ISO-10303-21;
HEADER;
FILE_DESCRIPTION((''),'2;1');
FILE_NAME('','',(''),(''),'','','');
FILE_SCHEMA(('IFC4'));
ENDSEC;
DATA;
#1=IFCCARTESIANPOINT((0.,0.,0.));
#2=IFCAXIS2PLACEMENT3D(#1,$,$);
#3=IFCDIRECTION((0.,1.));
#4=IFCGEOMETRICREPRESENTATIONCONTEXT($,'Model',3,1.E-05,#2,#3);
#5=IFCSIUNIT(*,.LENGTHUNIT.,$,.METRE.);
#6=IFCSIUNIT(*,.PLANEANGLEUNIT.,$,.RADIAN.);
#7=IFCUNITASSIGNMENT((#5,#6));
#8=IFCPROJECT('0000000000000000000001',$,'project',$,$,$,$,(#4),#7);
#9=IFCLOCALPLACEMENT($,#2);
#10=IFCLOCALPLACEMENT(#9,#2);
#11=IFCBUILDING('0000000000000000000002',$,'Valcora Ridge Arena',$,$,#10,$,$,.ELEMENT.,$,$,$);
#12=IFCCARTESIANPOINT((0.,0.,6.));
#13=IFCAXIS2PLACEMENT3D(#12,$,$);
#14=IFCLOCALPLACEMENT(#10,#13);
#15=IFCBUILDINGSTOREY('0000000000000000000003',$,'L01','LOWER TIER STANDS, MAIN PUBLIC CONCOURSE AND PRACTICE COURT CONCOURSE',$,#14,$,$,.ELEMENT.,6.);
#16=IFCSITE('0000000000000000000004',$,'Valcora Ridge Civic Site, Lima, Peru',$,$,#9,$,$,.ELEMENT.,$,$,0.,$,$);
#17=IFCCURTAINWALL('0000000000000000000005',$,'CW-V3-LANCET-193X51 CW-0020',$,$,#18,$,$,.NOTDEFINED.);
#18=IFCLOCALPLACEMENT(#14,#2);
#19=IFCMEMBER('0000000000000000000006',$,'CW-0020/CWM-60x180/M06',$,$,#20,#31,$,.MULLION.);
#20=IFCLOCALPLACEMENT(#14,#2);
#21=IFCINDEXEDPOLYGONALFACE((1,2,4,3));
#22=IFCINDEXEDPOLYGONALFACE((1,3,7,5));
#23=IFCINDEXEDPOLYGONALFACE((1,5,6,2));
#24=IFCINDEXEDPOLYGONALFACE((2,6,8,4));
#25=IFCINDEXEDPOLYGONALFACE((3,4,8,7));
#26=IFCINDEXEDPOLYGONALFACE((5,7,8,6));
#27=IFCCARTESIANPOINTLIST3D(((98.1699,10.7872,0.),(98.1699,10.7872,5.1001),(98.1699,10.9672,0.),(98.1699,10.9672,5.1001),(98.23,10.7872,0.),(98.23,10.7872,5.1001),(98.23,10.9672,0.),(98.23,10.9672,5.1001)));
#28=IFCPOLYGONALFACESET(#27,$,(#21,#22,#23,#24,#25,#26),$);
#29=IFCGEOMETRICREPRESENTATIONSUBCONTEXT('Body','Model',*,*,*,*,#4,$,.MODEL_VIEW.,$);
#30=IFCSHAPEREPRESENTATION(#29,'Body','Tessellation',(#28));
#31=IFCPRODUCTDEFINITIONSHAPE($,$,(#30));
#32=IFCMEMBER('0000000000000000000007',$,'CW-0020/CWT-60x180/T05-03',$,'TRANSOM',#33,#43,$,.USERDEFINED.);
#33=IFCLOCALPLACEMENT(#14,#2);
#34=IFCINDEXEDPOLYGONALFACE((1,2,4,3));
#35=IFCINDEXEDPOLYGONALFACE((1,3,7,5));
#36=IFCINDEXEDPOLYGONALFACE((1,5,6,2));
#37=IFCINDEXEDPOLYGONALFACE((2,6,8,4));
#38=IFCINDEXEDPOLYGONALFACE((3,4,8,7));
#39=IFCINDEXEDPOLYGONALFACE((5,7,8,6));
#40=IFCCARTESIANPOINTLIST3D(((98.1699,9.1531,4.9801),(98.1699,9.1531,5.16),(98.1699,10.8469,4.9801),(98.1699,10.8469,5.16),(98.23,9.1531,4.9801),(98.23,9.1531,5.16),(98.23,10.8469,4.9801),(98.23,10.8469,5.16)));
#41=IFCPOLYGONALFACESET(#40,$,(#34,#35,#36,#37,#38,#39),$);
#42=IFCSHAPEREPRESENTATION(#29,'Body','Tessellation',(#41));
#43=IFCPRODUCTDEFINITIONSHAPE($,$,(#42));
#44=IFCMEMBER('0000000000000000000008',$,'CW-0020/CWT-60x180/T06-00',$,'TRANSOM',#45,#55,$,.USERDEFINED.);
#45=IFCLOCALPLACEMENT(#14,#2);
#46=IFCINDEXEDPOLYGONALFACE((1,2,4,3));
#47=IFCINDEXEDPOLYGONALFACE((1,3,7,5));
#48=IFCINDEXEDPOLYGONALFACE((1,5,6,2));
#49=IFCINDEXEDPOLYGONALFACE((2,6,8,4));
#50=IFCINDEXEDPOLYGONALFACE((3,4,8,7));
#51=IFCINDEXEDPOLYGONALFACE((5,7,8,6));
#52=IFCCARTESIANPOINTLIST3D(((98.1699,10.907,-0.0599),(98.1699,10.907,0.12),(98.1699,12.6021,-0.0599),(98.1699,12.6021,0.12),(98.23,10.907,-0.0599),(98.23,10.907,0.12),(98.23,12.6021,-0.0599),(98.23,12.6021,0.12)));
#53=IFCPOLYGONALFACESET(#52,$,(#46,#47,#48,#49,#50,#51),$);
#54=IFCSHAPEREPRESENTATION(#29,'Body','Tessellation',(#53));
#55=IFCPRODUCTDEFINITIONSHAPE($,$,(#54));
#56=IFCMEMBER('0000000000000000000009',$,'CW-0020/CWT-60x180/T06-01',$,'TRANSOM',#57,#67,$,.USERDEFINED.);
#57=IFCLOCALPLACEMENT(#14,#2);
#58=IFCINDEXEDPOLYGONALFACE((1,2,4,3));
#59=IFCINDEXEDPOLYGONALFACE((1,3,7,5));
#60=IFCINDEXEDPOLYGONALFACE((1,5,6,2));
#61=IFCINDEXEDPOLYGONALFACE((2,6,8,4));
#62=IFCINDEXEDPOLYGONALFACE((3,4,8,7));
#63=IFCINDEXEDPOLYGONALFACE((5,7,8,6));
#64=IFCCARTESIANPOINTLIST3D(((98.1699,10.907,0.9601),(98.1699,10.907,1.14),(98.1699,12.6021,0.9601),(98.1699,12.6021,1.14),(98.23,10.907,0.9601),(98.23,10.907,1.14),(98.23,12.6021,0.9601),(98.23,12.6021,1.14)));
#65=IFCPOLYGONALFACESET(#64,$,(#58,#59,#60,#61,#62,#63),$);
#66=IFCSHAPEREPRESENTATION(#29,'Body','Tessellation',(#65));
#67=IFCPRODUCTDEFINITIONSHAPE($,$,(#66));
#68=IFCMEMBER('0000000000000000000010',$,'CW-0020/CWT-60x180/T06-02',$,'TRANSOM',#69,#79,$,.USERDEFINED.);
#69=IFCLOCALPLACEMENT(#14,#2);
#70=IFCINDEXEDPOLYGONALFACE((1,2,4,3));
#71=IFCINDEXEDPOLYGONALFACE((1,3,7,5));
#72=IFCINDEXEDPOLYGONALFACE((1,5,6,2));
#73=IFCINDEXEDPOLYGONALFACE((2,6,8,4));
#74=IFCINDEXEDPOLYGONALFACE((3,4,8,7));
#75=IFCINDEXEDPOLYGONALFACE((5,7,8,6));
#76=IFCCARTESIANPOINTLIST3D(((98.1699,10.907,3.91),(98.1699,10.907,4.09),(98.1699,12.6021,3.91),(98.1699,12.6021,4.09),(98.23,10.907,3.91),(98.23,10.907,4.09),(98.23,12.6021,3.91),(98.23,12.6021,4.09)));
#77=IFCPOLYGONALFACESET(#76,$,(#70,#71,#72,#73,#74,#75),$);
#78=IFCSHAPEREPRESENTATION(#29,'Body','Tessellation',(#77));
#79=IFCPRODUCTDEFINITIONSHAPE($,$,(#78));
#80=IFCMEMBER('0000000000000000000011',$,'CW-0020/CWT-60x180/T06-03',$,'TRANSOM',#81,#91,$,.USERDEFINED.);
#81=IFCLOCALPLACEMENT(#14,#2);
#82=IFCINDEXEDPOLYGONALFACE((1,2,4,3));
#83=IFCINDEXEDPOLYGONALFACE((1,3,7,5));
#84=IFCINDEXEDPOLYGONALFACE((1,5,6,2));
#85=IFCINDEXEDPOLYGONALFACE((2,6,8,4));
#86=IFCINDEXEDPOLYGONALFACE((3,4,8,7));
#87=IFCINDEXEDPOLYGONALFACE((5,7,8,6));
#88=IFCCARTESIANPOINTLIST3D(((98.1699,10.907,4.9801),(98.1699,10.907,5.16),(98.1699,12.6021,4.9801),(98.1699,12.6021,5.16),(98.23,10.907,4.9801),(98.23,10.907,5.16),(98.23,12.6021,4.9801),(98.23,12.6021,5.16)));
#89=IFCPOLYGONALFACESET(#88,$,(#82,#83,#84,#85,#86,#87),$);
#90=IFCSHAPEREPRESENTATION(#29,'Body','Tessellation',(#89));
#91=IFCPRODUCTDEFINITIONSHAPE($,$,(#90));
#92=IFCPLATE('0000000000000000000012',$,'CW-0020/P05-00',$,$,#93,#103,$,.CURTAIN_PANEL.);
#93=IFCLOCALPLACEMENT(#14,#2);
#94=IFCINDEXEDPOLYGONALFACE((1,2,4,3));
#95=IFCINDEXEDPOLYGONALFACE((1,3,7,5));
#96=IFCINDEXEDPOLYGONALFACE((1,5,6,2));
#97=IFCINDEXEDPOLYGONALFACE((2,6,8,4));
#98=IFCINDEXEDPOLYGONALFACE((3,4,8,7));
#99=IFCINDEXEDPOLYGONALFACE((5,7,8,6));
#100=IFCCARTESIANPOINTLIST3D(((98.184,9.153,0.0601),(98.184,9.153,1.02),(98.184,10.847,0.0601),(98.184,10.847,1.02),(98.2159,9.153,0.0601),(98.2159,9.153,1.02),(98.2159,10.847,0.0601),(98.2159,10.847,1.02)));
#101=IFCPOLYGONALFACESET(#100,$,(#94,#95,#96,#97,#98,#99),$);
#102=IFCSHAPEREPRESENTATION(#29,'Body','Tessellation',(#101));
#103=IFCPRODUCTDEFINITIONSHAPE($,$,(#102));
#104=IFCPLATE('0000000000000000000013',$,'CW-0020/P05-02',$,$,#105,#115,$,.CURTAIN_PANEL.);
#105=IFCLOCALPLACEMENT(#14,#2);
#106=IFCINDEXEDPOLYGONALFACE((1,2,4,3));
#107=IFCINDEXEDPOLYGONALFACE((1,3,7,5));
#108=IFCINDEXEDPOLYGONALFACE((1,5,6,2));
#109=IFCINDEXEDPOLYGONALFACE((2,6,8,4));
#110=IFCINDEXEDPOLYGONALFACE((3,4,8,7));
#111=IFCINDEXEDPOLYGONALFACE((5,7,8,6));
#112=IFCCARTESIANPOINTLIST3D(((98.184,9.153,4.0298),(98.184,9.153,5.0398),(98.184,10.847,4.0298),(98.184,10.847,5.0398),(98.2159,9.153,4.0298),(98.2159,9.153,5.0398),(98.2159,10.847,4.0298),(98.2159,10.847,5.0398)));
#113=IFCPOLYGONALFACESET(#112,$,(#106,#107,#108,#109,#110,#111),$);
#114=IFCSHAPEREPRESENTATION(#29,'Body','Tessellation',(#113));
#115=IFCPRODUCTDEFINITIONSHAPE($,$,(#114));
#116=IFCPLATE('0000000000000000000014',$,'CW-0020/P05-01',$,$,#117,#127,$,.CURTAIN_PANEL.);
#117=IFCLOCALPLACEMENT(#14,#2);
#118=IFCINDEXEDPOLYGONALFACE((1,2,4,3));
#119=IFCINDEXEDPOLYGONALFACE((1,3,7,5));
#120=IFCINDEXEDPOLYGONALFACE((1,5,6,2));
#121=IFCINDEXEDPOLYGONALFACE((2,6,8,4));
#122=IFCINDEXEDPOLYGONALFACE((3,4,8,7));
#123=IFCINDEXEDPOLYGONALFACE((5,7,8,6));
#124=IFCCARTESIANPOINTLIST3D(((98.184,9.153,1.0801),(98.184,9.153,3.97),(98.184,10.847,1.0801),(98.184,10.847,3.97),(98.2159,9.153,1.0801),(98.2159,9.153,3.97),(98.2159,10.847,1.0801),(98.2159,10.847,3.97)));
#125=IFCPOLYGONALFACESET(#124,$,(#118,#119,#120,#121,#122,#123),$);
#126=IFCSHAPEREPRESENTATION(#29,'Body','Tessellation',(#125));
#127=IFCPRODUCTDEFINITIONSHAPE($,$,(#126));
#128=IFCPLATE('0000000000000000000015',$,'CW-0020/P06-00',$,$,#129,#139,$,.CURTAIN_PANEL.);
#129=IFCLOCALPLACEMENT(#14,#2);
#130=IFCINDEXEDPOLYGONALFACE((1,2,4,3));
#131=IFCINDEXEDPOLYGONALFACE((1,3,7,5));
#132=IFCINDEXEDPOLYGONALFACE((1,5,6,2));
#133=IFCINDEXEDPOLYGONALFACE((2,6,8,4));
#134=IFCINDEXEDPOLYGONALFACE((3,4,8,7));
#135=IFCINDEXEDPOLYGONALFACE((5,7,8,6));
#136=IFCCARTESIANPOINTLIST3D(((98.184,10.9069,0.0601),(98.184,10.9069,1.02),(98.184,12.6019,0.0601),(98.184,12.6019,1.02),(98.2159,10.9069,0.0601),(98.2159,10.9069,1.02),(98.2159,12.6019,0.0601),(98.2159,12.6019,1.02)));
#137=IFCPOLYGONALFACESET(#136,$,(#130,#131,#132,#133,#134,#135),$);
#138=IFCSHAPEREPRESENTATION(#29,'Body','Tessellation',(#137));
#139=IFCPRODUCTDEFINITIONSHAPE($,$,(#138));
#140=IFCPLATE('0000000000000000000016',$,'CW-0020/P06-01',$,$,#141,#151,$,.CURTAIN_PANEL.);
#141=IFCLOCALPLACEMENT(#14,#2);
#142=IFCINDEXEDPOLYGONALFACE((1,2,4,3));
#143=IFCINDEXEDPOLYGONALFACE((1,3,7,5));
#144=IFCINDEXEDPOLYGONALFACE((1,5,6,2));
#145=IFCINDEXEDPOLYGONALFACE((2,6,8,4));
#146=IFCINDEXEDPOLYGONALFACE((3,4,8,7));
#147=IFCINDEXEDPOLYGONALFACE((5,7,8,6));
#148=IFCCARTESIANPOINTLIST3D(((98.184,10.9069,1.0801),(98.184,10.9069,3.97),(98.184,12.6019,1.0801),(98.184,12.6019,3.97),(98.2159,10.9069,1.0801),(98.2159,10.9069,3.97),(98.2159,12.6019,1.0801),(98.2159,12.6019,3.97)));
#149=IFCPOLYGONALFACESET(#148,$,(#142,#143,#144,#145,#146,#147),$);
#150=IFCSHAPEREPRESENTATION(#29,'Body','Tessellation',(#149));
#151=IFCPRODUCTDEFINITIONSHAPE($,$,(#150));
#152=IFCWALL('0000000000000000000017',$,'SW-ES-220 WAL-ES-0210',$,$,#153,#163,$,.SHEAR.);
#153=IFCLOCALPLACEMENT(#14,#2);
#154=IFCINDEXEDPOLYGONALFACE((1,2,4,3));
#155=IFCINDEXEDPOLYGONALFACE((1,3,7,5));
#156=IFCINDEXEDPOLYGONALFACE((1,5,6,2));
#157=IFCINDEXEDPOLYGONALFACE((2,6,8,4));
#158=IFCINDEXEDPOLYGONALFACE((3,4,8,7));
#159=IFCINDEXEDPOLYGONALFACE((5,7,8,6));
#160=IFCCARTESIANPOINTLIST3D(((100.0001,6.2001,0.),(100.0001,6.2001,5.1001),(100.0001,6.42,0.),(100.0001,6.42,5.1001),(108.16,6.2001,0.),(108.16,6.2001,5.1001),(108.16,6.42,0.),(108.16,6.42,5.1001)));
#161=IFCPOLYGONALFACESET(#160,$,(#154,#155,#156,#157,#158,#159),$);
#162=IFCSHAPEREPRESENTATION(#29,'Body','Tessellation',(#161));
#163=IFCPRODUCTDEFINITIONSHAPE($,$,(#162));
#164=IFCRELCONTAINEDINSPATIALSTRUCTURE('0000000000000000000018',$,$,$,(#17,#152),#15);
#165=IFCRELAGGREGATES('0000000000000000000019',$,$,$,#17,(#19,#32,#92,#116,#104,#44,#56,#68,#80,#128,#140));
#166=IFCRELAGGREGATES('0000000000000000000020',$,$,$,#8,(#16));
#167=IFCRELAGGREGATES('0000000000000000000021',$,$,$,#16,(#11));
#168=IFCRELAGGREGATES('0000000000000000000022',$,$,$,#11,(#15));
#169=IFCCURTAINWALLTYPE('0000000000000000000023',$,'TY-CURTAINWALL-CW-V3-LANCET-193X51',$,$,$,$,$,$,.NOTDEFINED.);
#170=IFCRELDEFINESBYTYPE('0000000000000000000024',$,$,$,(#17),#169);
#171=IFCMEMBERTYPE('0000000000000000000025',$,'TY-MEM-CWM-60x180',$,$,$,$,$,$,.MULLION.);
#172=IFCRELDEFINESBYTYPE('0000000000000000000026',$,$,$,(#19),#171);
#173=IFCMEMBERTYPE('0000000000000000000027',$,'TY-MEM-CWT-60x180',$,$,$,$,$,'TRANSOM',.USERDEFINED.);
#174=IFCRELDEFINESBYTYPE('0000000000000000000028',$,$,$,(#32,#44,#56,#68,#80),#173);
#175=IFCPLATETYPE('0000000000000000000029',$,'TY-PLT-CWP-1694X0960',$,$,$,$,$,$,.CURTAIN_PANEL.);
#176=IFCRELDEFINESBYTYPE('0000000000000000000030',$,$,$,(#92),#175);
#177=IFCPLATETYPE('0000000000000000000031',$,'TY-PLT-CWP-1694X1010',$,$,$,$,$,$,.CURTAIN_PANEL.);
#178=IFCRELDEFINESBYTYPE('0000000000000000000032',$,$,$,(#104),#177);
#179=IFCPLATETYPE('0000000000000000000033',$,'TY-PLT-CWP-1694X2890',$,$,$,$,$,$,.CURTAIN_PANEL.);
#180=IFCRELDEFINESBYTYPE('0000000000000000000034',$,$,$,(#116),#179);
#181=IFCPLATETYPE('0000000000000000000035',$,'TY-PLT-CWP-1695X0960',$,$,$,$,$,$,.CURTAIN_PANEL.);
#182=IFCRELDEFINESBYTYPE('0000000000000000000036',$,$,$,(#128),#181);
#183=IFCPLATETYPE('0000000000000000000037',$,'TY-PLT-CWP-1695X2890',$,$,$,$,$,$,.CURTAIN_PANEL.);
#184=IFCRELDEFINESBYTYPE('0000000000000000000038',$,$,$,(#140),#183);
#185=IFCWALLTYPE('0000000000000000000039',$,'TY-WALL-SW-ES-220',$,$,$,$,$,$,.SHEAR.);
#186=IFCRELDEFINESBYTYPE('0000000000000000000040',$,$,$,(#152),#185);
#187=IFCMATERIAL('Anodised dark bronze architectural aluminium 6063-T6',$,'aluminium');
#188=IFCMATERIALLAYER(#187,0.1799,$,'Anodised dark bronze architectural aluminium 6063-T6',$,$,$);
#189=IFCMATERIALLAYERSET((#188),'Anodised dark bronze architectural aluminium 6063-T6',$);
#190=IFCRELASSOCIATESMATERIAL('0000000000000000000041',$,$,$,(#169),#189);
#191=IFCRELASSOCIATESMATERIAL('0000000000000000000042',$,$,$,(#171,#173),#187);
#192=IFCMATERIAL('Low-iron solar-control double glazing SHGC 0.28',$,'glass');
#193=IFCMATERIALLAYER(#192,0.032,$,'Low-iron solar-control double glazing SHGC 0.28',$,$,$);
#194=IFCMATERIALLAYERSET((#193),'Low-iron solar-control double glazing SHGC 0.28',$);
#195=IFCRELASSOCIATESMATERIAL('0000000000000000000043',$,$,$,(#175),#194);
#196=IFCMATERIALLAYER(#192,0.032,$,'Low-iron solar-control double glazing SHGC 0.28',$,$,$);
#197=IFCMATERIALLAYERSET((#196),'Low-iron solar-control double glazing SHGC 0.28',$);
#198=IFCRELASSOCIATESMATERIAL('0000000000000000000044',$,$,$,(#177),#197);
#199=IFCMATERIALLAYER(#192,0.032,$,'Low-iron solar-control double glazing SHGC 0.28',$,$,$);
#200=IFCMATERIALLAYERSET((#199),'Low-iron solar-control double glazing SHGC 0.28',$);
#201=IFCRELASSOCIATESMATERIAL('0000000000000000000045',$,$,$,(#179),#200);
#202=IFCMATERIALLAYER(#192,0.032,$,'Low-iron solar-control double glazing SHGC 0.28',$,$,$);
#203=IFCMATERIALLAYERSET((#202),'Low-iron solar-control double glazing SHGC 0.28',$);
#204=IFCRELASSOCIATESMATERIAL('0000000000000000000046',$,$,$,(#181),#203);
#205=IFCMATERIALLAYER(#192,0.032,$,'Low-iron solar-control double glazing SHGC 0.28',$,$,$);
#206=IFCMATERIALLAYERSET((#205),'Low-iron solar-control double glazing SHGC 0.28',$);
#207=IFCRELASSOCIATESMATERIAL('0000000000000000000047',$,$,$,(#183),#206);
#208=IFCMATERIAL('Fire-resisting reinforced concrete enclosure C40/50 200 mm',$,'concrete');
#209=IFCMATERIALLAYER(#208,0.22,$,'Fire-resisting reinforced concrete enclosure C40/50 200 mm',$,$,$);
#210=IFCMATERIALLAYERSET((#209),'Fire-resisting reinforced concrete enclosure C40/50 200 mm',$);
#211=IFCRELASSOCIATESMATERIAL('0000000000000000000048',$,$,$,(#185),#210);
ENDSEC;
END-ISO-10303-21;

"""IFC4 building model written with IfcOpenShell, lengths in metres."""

from ifc_helpers import new_model, si_unit, direction, frame, frame_2d, origin, origin_2d, place, context, subcontext, project, spatial, rectangle, extrude, material, layer, layer_set, material_profile, profile_set, type_object, element, aggregate, save


model = new_model("IFC4")

# Units and contexts
model_context = context("Model", 3, precision=1e-05, world=origin(), true_north=direction((0.0, 1.0)))
body_context = subcontext(model_context, "Body", "Model", "MODEL_VIEW")
ifc_project = project(units=[si_unit("LENGTHUNIT", "METRE"), si_unit("PLANEANGLEUNIT", "RADIAN")], contexts=[model_context])

# Site, building, storey
site_placement = place(None, origin())
site = spatial("IfcSite", under=ifc_project, at=site_placement, Name="Valcora Ridge Civic Site, Lima, Peru", CompositionType="ELEMENT", RefElevation=0.0)
building_placement = place(site_placement, origin())
building = spatial("IfcBuilding", under=site, at=building_placement, Name="Valcora Ridge Arena", CompositionType="ELEMENT")
storey_placement = place(building_placement, frame((0.0, 0.0, 6.0)))
storey = spatial("IfcBuildingStorey", under=building, at=storey_placement, Name="L01", Description="LOWER TIER STANDS, MAIN PUBLIC CONCOURSE AND PRACTICE COURT CONCOURSE", CompositionType="ELEMENT", Elevation=6.0)

# Curtain wall, members, plates
ifc_material_1 = material(Name="Anodised dark bronze architectural aluminium 6063-T6", Category="aluminium")
ifc_layer_1 = layer(ifc_material_1, 0.1799, Name="Anodised dark bronze architectural aluminium 6063-T6")
ifc_layer_set_1 = layer_set([ifc_layer_1], Name="Anodised dark bronze architectural aluminium 6063-T6")
curtain_wall_type = type_object("IfcCurtainWallType", Name="TY-CURTAINWALL-CW-V3-LANCET-193X51", PredefinedType="NOTDEFINED", material=ifc_layer_set_1)
curtain_wall_placement = place(storey_placement, origin())
curtain_wall = element("IfcCurtainWall", 1, at=curtain_wall_placement, inside=storey, type_object=curtain_wall_type, Name="CW-V3-LANCET-193X51 CW-0020", PredefinedType="NOTDEFINED")
ifc_material_profile_1 = material_profile(ifc_material_1, rectangle(XDim=0.0601, YDim=0.1799, at=origin_2d()), Name="ALU MULLION 60x180")
ifc_profile_set_1 = profile_set([ifc_material_profile_1], Name="Anodised dark bronze architectural aluminium 6063-T6")
member_type_1 = type_object("IfcMemberType", Name="TY-MEM-CWM-60x180", PredefinedType="MULLION", material=ifc_profile_set_1)
member_1_placement = place(storey_placement, frame((98.2, 10.8772, 0.0), z_axis=(0.0, 0.0, 1.0), x_axis=(-1.0, 0.0, 0.0)))
member_1 = element("IfcMember", 2, at=member_1_placement, type_object=member_type_1, Name="CW-0020/CWM-60x180/M06", PredefinedType="MULLION", context=body_context, shape_type="SweptSolid", body=[
    extrude(rectangle(XDim=0.0601, YDim=0.1799, at=origin_2d()), origin(), (0.0, 0.0, 1.0), 5.1001),
])
ifc_material_profile_2 = material_profile(ifc_material_1, rectangle(XDim=0.0601, YDim=0.1799, at=origin_2d()), Name="ALU TRANSOM 60x180")
ifc_profile_set_2 = profile_set([ifc_material_profile_2], Name="Anodised dark bronze architectural aluminium 6063-T6")
member_type_2 = type_object("IfcMemberType", Name="TY-MEM-CWT-60x180", ElementType="TRANSOM", PredefinedType="USERDEFINED", material=ifc_profile_set_2)
member_2_placement = place(storey_placement, frame((98.2, 9.1531, 5.0701), z_axis=(0.0, 1.0, 0.0), x_axis=(-1.0, 0.0, 0.0)))
member_2 = element("IfcMember", 3, at=member_2_placement, type_object=member_type_2, Name="CW-0020/CWT-60x180/T05-03", ObjectType="TRANSOM", PredefinedType="USERDEFINED", context=body_context, shape_type="SweptSolid", body=[
    extrude(rectangle(XDim=0.0601, YDim=0.1799, at=origin_2d()), origin(), (0.0, 0.0, 1.0), 1.6938),
])
member_3_placement = place(storey_placement, frame((98.2, 10.907, 0.03), z_axis=(0.0, 1.0, 0.0), x_axis=(-1.0, 0.0, 0.0)))
member_3 = element("IfcMember", 4, at=member_3_placement, type_object=member_type_2, Name="CW-0020/CWT-60x180/T06-00", ObjectType="TRANSOM", PredefinedType="USERDEFINED", context=body_context, shape_type="SweptSolid", body=[
    extrude(rectangle(XDim=0.0601, YDim=0.1799, at=origin_2d()), origin(), (0.0, 0.0, 1.0), 1.6951),
])
member_4_placement = place(storey_placement, frame((98.2, 10.907, 1.05), z_axis=(0.0, 1.0, 0.0), x_axis=(-1.0, 0.0, 0.0)))
member_4 = element("IfcMember", 5, at=member_4_placement, type_object=member_type_2, Name="CW-0020/CWT-60x180/T06-01", ObjectType="TRANSOM", PredefinedType="USERDEFINED", context=body_context, shape_type="SweptSolid", body=[
    extrude(rectangle(XDim=0.0601, YDim=0.1799, at=origin_2d()), origin(), (0.0, 0.0, 1.0), 1.6951),
])
member_5_placement = place(storey_placement, frame((98.2, 10.907, 4.0), z_axis=(0.0, 1.0, 0.0), x_axis=(-1.0, 0.0, 0.0)))
member_5 = element("IfcMember", 6, at=member_5_placement, type_object=member_type_2, Name="CW-0020/CWT-60x180/T06-02", ObjectType="TRANSOM", PredefinedType="USERDEFINED", context=body_context, shape_type="SweptSolid", body=[
    extrude(rectangle(XDim=0.0601, YDim=0.1799, at=origin_2d()), origin(), (0.0, 0.0, 1.0), 1.6951),
])
member_6_placement = place(storey_placement, frame((98.2, 10.907, 5.0701), z_axis=(0.0, 1.0, 0.0), x_axis=(-1.0, 0.0, 0.0)))
member_6 = element("IfcMember", 7, at=member_6_placement, type_object=member_type_2, Name="CW-0020/CWT-60x180/T06-03", ObjectType="TRANSOM", PredefinedType="USERDEFINED", context=body_context, shape_type="SweptSolid", body=[
    extrude(rectangle(XDim=0.0601, YDim=0.1799, at=origin_2d()), origin(), (0.0, 0.0, 1.0), 1.6951),
])
ifc_material_2 = material(Name="Low-iron solar-control double glazing SHGC 0.28", Category="glass")
ifc_layer_2 = layer(ifc_material_2, 0.032, Name="Low-iron solar-control double glazing SHGC 0.28")
ifc_layer_set_2 = layer_set([ifc_layer_2], Name="Low-iron solar-control double glazing SHGC 0.28")
plate_type_1 = type_object("IfcPlateType", Name="TY-PLT-CWP-1694X0960", PredefinedType="CURTAIN_PANEL", material=ifc_layer_set_2)
plate_1_placement = place(storey_placement, frame((98.2, 10.0, 0.0601), z_axis=(0.0, 0.0, 1.0), x_axis=(0.0, 1.0, 0.0)))
plate_1 = element("IfcPlate", 8, at=plate_1_placement, type_object=plate_type_1, Name="CW-0020/P05-00", PredefinedType="CURTAIN_PANEL", context=body_context, shape_type="SweptSolid", body=[
    extrude(rectangle(XDim=1.6941, YDim=0.032, at=origin_2d()), origin(), (0.0, 0.0, 1.0), 0.96),
])
ifc_layer_3 = layer(ifc_material_2, 0.032, Name="Low-iron solar-control double glazing SHGC 0.28")
ifc_layer_set_3 = layer_set([ifc_layer_3], Name="Low-iron solar-control double glazing SHGC 0.28")
plate_type_2 = type_object("IfcPlateType", Name="TY-PLT-CWP-1694X1010", PredefinedType="CURTAIN_PANEL", material=ifc_layer_set_3)
plate_2_placement = place(storey_placement, frame((98.2, 10.0, 4.0298), z_axis=(0.0, 0.0, 1.0), x_axis=(0.0, 1.0, 0.0)))
plate_2 = element("IfcPlate", 9, at=plate_2_placement, type_object=plate_type_2, Name="CW-0020/P05-02", PredefinedType="CURTAIN_PANEL", context=body_context, shape_type="SweptSolid", body=[
    extrude(rectangle(XDim=1.6941, YDim=0.032, at=origin_2d()), origin(), (0.0, 0.0, 1.0), 1.01),
])
ifc_layer_4 = layer(ifc_material_2, 0.032, Name="Low-iron solar-control double glazing SHGC 0.28")
ifc_layer_set_4 = layer_set([ifc_layer_4], Name="Low-iron solar-control double glazing SHGC 0.28")
plate_type_3 = type_object("IfcPlateType", Name="TY-PLT-CWP-1694X2890", PredefinedType="CURTAIN_PANEL", material=ifc_layer_set_4)
plate_3_placement = place(storey_placement, frame((98.2, 10.0, 1.0801), z_axis=(0.0, 0.0, 1.0), x_axis=(0.0, 1.0, 0.0)))
plate_3 = element("IfcPlate", 10, at=plate_3_placement, type_object=plate_type_3, Name="CW-0020/P05-01", PredefinedType="CURTAIN_PANEL", context=body_context, shape_type="SweptSolid", body=[
    extrude(rectangle(XDim=1.6941, YDim=0.032, at=origin_2d()), origin(), (0.0, 0.0, 1.0), 2.8899),
])
ifc_layer_5 = layer(ifc_material_2, 0.032, Name="Low-iron solar-control double glazing SHGC 0.28")
ifc_layer_set_5 = layer_set([ifc_layer_5], Name="Low-iron solar-control double glazing SHGC 0.28")
plate_type_4 = type_object("IfcPlateType", Name="TY-PLT-CWP-1695X0960", PredefinedType="CURTAIN_PANEL", material=ifc_layer_set_5)
plate_4_placement = place(storey_placement, frame((98.2, 11.7544, 0.0601), z_axis=(0.0, 0.0, 1.0), x_axis=(0.0, 1.0, 0.0)))
plate_4 = element("IfcPlate", 11, at=plate_4_placement, type_object=plate_type_4, Name="CW-0020/P06-00", PredefinedType="CURTAIN_PANEL", context=body_context, shape_type="SweptSolid", body=[
    extrude(rectangle(XDim=1.6951, YDim=0.032, at=origin_2d()), origin(), (0.0, 0.0, 1.0), 0.96),
])
ifc_layer_6 = layer(ifc_material_2, 0.032, Name="Low-iron solar-control double glazing SHGC 0.28")
ifc_layer_set_6 = layer_set([ifc_layer_6], Name="Low-iron solar-control double glazing SHGC 0.28")
plate_type_5 = type_object("IfcPlateType", Name="TY-PLT-CWP-1695X2890", PredefinedType="CURTAIN_PANEL", material=ifc_layer_set_6)
plate_5_placement = place(storey_placement, frame((98.2, 11.7544, 1.0801), z_axis=(0.0, 0.0, 1.0), x_axis=(0.0, 1.0, 0.0)))
plate_5 = element("IfcPlate", 12, at=plate_5_placement, type_object=plate_type_5, Name="CW-0020/P06-01", PredefinedType="CURTAIN_PANEL", context=body_context, shape_type="SweptSolid", body=[
    extrude(rectangle(XDim=1.6951, YDim=0.032, at=origin_2d()), origin(), (0.0, 0.0, 1.0), 2.8899),
])
aggregate(curtain_wall, [member_1, member_2, plate_1, plate_3, plate_2, member_3, member_4, member_5, member_6, plate_4, plate_5])

# Wall
ifc_material_3 = material(Name="Fire-resisting reinforced concrete enclosure C40/50 200 mm", Category="concrete")
ifc_layer_7 = layer(ifc_material_3, 0.22, Name="Fire-resisting reinforced concrete enclosure C40/50 200 mm")
ifc_layer_set_7 = layer_set([ifc_layer_7], Name="Fire-resisting reinforced concrete enclosure C40/50 200 mm")
wall_type = type_object("IfcWallType", Name="TY-WALL-SW-ES-220", PredefinedType="SHEAR", material=ifc_layer_set_7)
wall_placement = place(storey_placement, frame((100.0, 6.3101, 0.0), z_axis=(0.0, 0.0, 1.0), x_axis=(1.0, 0.0, 0.0)))
element("IfcWall", 13, at=wall_placement, inside=storey, type_object=wall_type, Name="SW-ES-220 WAL-ES-0210", PredefinedType="SHEAR", context=body_context, shape_type="SweptSolid", body=[
    extrude(rectangle(XDim=8.1599, YDim=0.22, at=frame_2d((4.0801, 0.0))), origin(), (0.0, 0.0, 1.0), 5.1001),
])

save(model, "model.ifc")
